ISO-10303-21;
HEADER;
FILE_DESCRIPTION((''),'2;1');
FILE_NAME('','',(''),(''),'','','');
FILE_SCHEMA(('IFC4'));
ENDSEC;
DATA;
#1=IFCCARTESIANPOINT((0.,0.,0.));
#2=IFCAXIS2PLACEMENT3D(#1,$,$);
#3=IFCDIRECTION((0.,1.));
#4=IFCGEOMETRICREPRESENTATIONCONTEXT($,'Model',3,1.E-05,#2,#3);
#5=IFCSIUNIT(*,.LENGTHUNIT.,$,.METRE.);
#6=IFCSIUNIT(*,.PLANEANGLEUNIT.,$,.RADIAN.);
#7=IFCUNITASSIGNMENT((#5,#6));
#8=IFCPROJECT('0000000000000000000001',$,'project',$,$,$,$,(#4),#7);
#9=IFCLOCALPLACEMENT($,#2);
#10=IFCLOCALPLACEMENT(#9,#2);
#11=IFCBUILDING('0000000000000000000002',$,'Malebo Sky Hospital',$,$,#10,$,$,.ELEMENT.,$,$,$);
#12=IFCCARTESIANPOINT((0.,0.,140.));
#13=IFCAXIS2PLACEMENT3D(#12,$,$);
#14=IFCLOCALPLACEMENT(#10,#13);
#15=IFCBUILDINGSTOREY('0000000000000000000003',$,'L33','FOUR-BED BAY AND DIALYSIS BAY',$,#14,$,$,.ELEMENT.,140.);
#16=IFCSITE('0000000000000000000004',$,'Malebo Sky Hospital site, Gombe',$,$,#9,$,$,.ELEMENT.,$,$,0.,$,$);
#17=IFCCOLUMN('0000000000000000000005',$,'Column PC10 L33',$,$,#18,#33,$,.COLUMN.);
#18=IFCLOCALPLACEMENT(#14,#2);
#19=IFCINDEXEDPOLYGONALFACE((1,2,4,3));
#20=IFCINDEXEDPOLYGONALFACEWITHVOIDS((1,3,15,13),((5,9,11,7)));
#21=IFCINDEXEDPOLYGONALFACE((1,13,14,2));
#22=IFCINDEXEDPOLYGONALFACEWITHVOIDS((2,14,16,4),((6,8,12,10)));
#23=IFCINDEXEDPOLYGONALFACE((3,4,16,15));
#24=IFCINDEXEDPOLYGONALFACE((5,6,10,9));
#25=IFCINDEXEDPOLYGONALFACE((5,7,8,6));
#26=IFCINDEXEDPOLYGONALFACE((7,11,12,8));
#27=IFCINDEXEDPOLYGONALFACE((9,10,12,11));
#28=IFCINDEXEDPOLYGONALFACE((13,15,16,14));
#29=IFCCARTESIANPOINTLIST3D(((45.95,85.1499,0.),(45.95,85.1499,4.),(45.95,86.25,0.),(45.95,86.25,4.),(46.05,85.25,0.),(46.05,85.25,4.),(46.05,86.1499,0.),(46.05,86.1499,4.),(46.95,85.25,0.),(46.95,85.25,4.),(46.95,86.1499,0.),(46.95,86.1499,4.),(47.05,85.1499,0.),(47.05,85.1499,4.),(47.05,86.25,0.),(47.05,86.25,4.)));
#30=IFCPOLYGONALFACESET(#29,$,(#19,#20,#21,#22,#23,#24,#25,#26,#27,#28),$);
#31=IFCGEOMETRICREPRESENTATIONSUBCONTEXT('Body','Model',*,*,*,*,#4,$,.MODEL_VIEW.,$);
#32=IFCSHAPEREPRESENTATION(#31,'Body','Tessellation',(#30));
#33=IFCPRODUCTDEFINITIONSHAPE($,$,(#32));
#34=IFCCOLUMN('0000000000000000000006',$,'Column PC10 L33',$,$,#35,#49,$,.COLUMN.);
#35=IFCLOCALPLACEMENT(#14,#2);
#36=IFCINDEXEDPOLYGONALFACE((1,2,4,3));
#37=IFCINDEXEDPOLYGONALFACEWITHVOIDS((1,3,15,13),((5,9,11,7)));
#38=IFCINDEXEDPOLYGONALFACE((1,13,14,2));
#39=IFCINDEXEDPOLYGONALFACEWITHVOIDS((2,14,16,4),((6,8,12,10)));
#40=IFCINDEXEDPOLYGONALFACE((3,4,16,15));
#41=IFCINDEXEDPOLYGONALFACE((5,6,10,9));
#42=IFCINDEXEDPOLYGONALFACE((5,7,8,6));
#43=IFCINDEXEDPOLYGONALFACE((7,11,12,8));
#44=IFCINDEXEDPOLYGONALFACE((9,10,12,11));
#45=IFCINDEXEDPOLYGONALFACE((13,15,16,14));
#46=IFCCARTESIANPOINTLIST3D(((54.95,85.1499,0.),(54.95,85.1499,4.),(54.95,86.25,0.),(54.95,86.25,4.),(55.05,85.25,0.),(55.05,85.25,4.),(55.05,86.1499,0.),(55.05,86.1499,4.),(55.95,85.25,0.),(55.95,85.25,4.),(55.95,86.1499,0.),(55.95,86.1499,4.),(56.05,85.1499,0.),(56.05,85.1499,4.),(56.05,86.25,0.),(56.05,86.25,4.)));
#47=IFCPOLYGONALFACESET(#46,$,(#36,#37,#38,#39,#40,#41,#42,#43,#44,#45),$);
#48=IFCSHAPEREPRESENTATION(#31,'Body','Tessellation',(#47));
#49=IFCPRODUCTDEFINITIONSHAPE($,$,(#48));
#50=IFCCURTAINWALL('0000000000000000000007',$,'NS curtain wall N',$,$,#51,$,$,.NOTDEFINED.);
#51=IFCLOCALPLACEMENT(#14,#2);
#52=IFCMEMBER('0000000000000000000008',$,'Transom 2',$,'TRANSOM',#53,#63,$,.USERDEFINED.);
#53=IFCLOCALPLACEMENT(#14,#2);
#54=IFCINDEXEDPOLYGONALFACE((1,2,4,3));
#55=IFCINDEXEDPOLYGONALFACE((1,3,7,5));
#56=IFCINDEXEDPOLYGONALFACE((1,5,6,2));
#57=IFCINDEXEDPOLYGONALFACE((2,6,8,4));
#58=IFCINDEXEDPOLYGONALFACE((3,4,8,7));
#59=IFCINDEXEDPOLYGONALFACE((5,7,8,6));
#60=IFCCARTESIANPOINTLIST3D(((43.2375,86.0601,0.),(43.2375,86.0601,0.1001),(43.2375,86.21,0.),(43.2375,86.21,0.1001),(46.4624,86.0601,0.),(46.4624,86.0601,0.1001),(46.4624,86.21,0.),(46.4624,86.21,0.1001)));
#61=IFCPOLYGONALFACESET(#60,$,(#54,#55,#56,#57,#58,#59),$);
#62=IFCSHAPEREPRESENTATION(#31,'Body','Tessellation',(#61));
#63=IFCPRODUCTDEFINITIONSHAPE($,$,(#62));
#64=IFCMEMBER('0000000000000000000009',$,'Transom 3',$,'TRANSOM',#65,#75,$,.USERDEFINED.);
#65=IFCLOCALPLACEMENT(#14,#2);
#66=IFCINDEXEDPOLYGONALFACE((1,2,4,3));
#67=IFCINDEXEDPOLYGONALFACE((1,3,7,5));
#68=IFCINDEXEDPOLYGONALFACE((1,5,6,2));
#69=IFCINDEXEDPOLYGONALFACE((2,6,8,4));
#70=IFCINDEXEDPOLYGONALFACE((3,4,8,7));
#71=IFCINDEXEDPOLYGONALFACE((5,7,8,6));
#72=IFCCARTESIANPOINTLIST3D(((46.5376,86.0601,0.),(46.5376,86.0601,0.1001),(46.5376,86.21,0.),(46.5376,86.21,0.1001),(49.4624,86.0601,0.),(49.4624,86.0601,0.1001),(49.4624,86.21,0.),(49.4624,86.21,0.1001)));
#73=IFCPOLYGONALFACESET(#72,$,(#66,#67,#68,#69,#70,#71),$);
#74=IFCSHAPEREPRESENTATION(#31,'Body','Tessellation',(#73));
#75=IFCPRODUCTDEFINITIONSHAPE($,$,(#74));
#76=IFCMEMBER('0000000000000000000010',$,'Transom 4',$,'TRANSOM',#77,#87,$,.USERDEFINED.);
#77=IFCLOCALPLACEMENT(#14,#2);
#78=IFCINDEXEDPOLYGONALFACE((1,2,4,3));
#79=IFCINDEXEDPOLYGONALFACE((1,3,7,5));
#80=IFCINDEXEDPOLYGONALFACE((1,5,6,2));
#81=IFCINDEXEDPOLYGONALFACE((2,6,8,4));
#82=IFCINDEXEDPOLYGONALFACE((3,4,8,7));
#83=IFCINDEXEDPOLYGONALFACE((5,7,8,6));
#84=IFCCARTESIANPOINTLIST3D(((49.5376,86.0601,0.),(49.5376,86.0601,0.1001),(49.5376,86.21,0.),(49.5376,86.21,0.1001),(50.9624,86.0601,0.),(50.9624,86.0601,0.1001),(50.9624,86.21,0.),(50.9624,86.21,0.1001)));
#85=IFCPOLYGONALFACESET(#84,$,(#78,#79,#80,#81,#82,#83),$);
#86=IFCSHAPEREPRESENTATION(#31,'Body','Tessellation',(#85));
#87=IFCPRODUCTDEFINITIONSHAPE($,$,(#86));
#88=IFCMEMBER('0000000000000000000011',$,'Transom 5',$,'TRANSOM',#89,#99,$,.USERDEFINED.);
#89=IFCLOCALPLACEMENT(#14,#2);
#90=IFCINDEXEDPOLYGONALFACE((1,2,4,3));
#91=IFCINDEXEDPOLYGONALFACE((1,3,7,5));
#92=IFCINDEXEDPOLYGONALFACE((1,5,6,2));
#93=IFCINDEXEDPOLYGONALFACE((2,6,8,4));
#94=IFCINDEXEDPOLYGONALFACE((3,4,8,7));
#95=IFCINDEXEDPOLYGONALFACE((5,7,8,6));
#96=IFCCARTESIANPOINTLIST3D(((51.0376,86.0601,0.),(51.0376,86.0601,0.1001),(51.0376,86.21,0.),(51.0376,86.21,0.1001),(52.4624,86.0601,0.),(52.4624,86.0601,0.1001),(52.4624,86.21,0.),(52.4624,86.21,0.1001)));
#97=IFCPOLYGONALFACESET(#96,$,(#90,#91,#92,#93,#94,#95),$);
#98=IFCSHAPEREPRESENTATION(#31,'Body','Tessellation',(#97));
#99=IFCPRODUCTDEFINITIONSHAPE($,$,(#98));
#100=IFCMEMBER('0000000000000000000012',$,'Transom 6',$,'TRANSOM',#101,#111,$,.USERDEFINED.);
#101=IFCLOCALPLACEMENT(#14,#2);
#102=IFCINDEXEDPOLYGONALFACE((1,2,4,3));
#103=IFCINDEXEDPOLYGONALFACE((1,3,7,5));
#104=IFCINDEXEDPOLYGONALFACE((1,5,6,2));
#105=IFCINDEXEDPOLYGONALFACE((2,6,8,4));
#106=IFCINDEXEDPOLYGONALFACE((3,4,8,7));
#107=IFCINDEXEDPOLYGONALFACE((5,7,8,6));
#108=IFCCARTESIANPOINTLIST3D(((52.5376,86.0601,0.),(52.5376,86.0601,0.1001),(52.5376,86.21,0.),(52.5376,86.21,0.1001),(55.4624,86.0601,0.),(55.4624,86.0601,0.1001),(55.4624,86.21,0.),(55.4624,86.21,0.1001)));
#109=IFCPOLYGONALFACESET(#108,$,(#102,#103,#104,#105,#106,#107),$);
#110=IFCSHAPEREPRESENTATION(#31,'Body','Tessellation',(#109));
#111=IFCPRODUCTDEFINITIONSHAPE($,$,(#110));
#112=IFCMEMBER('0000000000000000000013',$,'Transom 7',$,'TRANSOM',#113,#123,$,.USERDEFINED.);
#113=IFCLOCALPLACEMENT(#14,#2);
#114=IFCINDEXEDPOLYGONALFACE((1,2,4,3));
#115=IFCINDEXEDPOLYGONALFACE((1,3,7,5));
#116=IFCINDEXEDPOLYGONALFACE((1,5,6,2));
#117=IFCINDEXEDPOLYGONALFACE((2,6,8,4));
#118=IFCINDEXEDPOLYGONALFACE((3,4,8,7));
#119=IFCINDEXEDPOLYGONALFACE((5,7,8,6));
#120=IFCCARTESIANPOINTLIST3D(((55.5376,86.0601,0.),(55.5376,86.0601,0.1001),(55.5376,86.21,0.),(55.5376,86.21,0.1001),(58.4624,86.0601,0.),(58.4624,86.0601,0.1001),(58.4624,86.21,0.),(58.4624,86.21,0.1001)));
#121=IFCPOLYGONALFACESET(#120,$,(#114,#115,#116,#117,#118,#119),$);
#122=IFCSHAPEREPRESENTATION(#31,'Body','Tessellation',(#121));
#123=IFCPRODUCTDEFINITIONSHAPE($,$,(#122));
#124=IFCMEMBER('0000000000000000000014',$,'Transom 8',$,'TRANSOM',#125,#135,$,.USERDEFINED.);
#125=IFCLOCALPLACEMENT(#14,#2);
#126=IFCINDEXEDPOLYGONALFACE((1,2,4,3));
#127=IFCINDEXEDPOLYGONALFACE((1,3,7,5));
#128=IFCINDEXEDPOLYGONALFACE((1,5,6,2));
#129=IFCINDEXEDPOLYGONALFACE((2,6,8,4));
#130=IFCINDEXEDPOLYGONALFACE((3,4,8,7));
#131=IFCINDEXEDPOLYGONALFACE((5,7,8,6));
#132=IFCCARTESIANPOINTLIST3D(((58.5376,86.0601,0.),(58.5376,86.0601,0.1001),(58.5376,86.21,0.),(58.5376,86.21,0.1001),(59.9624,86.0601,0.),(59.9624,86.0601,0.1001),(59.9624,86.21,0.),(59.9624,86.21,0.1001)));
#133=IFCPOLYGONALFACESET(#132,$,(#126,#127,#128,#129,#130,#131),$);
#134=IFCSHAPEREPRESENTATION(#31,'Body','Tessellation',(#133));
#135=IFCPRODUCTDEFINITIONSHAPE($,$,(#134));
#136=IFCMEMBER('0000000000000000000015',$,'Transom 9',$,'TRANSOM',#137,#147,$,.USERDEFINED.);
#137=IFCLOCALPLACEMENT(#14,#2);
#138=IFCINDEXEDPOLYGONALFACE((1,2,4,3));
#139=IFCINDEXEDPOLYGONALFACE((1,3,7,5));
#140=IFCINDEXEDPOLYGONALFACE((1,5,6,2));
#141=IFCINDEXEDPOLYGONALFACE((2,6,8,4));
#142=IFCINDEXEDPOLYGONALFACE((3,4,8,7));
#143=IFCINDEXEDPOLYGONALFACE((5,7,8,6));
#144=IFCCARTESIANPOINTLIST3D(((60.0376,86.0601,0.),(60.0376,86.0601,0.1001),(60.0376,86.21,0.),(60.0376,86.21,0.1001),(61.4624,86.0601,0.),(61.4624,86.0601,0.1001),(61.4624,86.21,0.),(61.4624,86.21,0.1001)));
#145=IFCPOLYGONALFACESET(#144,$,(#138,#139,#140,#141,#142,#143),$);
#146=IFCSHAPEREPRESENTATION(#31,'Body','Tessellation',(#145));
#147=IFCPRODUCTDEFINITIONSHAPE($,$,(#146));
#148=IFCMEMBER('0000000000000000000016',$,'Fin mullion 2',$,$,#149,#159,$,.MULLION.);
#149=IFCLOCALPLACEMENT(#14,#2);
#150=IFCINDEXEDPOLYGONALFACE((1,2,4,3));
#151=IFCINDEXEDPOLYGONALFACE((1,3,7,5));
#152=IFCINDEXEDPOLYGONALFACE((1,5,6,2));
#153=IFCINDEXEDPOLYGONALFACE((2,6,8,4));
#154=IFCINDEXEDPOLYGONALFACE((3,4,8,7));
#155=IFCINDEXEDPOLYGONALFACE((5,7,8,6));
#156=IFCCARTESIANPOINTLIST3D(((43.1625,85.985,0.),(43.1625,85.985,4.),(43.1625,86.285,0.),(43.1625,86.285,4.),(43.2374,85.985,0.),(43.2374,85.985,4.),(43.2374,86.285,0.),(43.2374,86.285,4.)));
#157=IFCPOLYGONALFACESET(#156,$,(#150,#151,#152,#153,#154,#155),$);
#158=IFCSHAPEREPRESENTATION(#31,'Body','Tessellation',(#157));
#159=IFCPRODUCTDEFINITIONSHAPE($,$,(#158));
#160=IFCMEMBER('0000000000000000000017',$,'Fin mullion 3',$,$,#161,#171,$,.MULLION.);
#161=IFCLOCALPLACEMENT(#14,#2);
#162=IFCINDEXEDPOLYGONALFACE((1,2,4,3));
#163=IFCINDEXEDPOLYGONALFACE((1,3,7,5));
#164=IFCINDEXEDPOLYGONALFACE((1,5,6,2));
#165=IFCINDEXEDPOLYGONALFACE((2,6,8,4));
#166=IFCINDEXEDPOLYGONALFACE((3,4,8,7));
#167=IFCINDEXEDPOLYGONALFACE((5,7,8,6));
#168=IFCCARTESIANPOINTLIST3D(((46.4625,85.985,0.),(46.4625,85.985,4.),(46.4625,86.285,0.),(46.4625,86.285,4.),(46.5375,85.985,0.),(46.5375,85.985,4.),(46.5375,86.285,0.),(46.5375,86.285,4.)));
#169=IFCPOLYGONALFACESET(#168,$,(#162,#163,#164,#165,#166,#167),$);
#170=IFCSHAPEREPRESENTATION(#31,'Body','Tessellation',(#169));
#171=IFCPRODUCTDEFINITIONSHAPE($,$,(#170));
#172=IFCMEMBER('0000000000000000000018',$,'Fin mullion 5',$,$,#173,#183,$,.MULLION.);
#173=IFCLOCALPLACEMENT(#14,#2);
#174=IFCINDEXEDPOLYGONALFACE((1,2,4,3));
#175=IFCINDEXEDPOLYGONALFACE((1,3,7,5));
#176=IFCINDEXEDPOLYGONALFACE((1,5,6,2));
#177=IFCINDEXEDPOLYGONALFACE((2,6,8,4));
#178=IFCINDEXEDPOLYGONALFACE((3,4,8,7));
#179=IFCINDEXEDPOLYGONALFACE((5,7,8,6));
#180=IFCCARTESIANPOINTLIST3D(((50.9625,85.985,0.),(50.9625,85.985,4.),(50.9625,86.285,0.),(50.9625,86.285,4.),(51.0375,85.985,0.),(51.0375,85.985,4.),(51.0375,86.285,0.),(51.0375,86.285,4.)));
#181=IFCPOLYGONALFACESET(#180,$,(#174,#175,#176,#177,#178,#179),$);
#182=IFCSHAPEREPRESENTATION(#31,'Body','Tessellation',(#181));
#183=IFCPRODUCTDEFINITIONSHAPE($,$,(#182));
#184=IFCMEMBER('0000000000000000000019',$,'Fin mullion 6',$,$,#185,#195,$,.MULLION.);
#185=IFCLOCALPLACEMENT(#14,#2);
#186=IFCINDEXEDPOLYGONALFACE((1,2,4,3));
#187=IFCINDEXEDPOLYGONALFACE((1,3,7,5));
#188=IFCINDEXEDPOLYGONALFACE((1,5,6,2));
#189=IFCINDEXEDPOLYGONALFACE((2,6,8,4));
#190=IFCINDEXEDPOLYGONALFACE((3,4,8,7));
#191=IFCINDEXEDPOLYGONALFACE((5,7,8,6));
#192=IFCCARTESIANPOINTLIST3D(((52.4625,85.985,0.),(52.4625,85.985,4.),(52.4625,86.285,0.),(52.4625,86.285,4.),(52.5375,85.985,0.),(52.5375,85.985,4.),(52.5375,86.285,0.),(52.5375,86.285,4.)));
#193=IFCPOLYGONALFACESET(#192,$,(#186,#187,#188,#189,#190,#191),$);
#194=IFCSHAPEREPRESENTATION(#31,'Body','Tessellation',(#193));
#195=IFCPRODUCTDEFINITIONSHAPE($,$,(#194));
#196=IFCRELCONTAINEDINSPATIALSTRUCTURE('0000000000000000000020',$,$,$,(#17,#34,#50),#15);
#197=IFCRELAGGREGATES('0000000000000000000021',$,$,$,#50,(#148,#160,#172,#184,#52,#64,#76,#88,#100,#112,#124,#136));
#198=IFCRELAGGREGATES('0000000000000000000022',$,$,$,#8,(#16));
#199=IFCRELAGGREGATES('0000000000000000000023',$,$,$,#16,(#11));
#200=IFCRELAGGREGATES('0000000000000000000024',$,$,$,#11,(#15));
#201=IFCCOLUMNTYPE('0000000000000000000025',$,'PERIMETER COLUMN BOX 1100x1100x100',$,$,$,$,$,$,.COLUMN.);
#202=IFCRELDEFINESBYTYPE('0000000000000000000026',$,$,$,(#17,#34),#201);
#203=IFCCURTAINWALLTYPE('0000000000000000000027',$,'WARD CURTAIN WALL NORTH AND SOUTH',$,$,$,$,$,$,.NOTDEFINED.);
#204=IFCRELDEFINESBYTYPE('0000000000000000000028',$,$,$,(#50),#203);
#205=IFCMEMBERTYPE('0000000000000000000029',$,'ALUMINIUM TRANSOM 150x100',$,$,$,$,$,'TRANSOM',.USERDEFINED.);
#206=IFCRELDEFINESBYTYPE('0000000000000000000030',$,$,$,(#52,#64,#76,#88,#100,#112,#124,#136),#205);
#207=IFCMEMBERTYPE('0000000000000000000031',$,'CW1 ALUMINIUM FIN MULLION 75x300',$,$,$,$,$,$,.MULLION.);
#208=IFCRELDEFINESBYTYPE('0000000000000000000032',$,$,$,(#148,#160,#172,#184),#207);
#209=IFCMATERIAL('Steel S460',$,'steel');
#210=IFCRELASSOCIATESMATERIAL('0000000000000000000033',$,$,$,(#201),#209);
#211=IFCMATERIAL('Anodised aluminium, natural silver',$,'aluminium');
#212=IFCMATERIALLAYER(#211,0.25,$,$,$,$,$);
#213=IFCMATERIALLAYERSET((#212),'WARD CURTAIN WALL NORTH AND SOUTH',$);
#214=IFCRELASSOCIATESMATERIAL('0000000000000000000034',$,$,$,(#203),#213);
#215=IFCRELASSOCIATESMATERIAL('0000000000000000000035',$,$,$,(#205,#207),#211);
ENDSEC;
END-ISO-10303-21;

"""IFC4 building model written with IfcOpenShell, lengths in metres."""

from ifc_helpers import new_model, si_unit, direction, frame, origin, origin_2d, place, context, subcontext, project, spatial, rectangle, hollow_rectangle, extrude, material, layer, layer_set, material_profile, profile_set, type_object, element, aggregate, save


model = new_model("IFC4")

# Units and contexts
model_context = context("Model", 3, precision=1e-05, world=origin(), true_north=direction((0.0, 1.0)))
body_context = subcontext(model_context, "Body", "Model", "MODEL_VIEW")
ifc_project = project(units=[si_unit("LENGTHUNIT", "METRE"), si_unit("PLANEANGLEUNIT", "RADIAN")], contexts=[model_context])

# Site, building, storey
site_placement = place(None, origin())
site = spatial("IfcSite", under=ifc_project, at=site_placement, Name="Malebo Sky Hospital site, Gombe", CompositionType="ELEMENT", RefElevation=0.0)
building_placement = place(site_placement, origin())
building = spatial("IfcBuilding", under=site, at=building_placement, Name="Malebo Sky Hospital", CompositionType="ELEMENT")
storey_placement = place(building_placement, frame((0.0, 0.0, 140.0)))
storey = spatial("IfcBuildingStorey", under=building, at=storey_placement, Name="L33", Description="FOUR-BED BAY AND DIALYSIS BAY", CompositionType="ELEMENT", Elevation=140.0)

# Columns
ifc_material_1 = material(Name="Steel S460", Category="steel")
ifc_material_profile_1 = material_profile(ifc_material_1, hollow_rectangle(XDim=1.1001, YDim=1.1001, WallThickness=0.1001, at=origin_2d()), Name="BOX 1100x1100x100")
ifc_profile_set_1 = profile_set([ifc_material_profile_1], Name="Steel S460")
column_type = type_object("IfcColumnType", Name="PERIMETER COLUMN BOX 1100x1100x100", PredefinedType="COLUMN", material=ifc_profile_set_1)
for number, where, z_axis, x_axis, name in (
    (1, (46.5, 85.7, 0.0), (0.0, 0.0, 1.0), (1.0, 0.0, 0.0), "Column PC10 L33"),
    (2, (55.5, 85.7, 0.0), (0.0, 0.0, 1.0), (1.0, 0.0, 0.0), "Column PC10 L33"),
):
    element("IfcColumn", number, at=place(storey_placement, frame(where, z_axis=z_axis, x_axis=x_axis)), inside=storey, type_object=column_type, Name=name, PredefinedType="COLUMN", context=body_context, shape_type="SweptSolid", body=[
        extrude(hollow_rectangle(XDim=1.1001, YDim=1.1001, WallThickness=0.1001, at=origin_2d()), origin(), (0.0, 0.0, 1.0), 4.0),
    ])

# Curtain wall, members
ifc_material_2 = material(Name="Anodised aluminium, natural silver", Category="aluminium")
ifc_layer_1 = layer(ifc_material_2, 0.25)
ifc_layer_set_1 = layer_set([ifc_layer_1], Name="WARD CURTAIN WALL NORTH AND SOUTH")
curtain_wall_type = type_object("IfcCurtainWallType", Name="WARD CURTAIN WALL NORTH AND SOUTH", PredefinedType="NOTDEFINED", material=ifc_layer_set_1)
curtain_wall_placement = place(storey_placement, origin())
curtain_wall = element("IfcCurtainWall", 3, at=curtain_wall_placement, inside=storey, type_object=curtain_wall_type, Name="NS curtain wall N", PredefinedType="NOTDEFINED")
ifc_material_profile_2 = material_profile(ifc_material_2, rectangle(XDim=0.1499, YDim=0.1001, at=origin_2d()), Name="ALUMINIUM TRANSOM 150x100")
ifc_profile_set_2 = profile_set([ifc_material_profile_2], Name="Anodised aluminium, natural silver")
member_type_1 = type_object("IfcMemberType", Name="ALUMINIUM TRANSOM 150x100", ElementType="TRANSOM", PredefinedType="USERDEFINED", material=ifc_profile_set_2)
member_1_placement = place(storey_placement, frame((43.2375, 86.135, 0.05), z_axis=(1.0, 0.0, 0.0), x_axis=(0.0, 1.0, 0.0)))
member_1 = element("IfcMember", 4, at=member_1_placement, type_object=member_type_1, Name="Transom 2", ObjectType="TRANSOM", PredefinedType="USERDEFINED", context=body_context, shape_type="SweptSolid", body=[
    extrude(rectangle(XDim=0.1499, YDim=0.1001, at=origin_2d()), origin(), (0.0, 0.0, 1.0), 3.2249),
])
member_2_placement = place(storey_placement, frame((46.5376, 86.135, 0.05), z_axis=(1.0, 0.0, 0.0), x_axis=(0.0, 1.0, 0.0)))
member_2 = element("IfcMember", 5, at=member_2_placement, type_object=member_type_1, Name="Transom 3", ObjectType="TRANSOM", PredefinedType="USERDEFINED", context=body_context, shape_type="SweptSolid", body=[
    extrude(rectangle(XDim=0.1499, YDim=0.1001, at=origin_2d()), origin(), (0.0, 0.0, 1.0), 2.9248),
])
member_3_placement = place(storey_placement, frame((49.5376, 86.135, 0.05), z_axis=(1.0, 0.0, 0.0), x_axis=(0.0, 1.0, 0.0)))
member_3 = element("IfcMember", 6, at=member_3_placement, type_object=member_type_1, Name="Transom 4", ObjectType="TRANSOM", PredefinedType="USERDEFINED", context=body_context, shape_type="SweptSolid", body=[
    extrude(rectangle(XDim=0.1499, YDim=0.1001, at=origin_2d()), origin(), (0.0, 0.0, 1.0), 1.4248),
])
member_4_placement = place(storey_placement, frame((51.0376, 86.135, 0.05), z_axis=(1.0, 0.0, 0.0), x_axis=(0.0, 1.0, 0.0)))
member_4 = element("IfcMember", 7, at=member_4_placement, type_object=member_type_1, Name="Transom 5", ObjectType="TRANSOM", PredefinedType="USERDEFINED", context=body_context, shape_type="SweptSolid", body=[
    extrude(rectangle(XDim=0.1499, YDim=0.1001, at=origin_2d()), origin(), (0.0, 0.0, 1.0), 1.4248),
])
member_5_placement = place(storey_placement, frame((52.5376, 86.135, 0.05), z_axis=(1.0, 0.0, 0.0), x_axis=(0.0, 1.0, 0.0)))
member_5 = element("IfcMember", 8, at=member_5_placement, type_object=member_type_1, Name="Transom 6", ObjectType="TRANSOM", PredefinedType="USERDEFINED", context=body_context, shape_type="SweptSolid", body=[
    extrude(rectangle(XDim=0.1499, YDim=0.1001, at=origin_2d()), origin(), (0.0, 0.0, 1.0), 2.9248),
])
member_6_placement = place(storey_placement, frame((55.5376, 86.135, 0.05), z_axis=(1.0, 0.0, 0.0), x_axis=(0.0, 1.0, 0.0)))
member_6 = element("IfcMember", 9, at=member_6_placement, type_object=member_type_1, Name="Transom 7", ObjectType="TRANSOM", PredefinedType="USERDEFINED", context=body_context, shape_type="SweptSolid", body=[
    extrude(rectangle(XDim=0.1499, YDim=0.1001, at=origin_2d()), origin(), (0.0, 0.0, 1.0), 2.9248),
])
member_7_placement = place(storey_placement, frame((58.5376, 86.135, 0.05), z_axis=(1.0, 0.0, 0.0), x_axis=(0.0, 1.0, 0.0)))
member_7 = element("IfcMember", 10, at=member_7_placement, type_object=member_type_1, Name="Transom 8", ObjectType="TRANSOM", PredefinedType="USERDEFINED", context=body_context, shape_type="SweptSolid", body=[
    extrude(rectangle(XDim=0.1499, YDim=0.1001, at=origin_2d()), origin(), (0.0, 0.0, 1.0), 1.4248),
])
member_8_placement = place(storey_placement, frame((60.0376, 86.135, 0.05), z_axis=(1.0, 0.0, 0.0), x_axis=(0.0, 1.0, 0.0)))
member_8 = element("IfcMember", 11, at=member_8_placement, type_object=member_type_1, Name="Transom 9", ObjectType="TRANSOM", PredefinedType="USERDEFINED", context=body_context, shape_type="SweptSolid", body=[
    extrude(rectangle(XDim=0.1499, YDim=0.1001, at=origin_2d()), origin(), (0.0, 0.0, 1.0), 1.4248),
])
ifc_material_profile_3 = material_profile(ifc_material_2, rectangle(XDim=0.075, YDim=0.3, at=origin_2d()), Name="CW1 ALUMINIUM FIN MULLION 75x300")
ifc_profile_set_3 = profile_set([ifc_material_profile_3], Name="Anodised aluminium, natural silver")
member_type_2 = type_object("IfcMemberType", Name="CW1 ALUMINIUM FIN MULLION 75x300", PredefinedType="MULLION", material=ifc_profile_set_3)
member_9_placement = place(storey_placement, frame((43.2, 86.135, 0.0), z_axis=(0.0, 0.0, 1.0), x_axis=(1.0, 0.0, 0.0)))
member_9 = element("IfcMember", 12, at=member_9_placement, type_object=member_type_2, Name="Fin mullion 2", PredefinedType="MULLION", context=body_context, shape_type="SweptSolid", body=[
    extrude(rectangle(XDim=0.075, YDim=0.3, at=origin_2d()), origin(), (0.0, 0.0, 1.0), 4.0),
])
member_10_placement = place(storey_placement, frame((46.5, 86.135, 0.0), z_axis=(0.0, 0.0, 1.0), x_axis=(1.0, 0.0, 0.0)))
member_10 = element("IfcMember", 13, at=member_10_placement, type_object=member_type_2, Name="Fin mullion 3", PredefinedType="MULLION", context=body_context, shape_type="SweptSolid", body=[
    extrude(rectangle(XDim=0.075, YDim=0.3, at=origin_2d()), origin(), (0.0, 0.0, 1.0), 4.0),
])
member_11_placement = place(storey_placement, frame((51.0, 86.135, 0.0), z_axis=(0.0, 0.0, 1.0), x_axis=(1.0, 0.0, 0.0)))
member_11 = element("IfcMember", 14, at=member_11_placement, type_object=member_type_2, Name="Fin mullion 5", PredefinedType="MULLION", context=body_context, shape_type="SweptSolid", body=[
    extrude(rectangle(XDim=0.075, YDim=0.3, at=origin_2d()), origin(), (0.0, 0.0, 1.0), 4.0),
])
member_12_placement = place(storey_placement, frame((52.5, 86.135, 0.0), z_axis=(0.0, 0.0, 1.0), x_axis=(1.0, 0.0, 0.0)))
member_12 = element("IfcMember", 15, at=member_12_placement, type_object=member_type_2, Name="Fin mullion 6", PredefinedType="MULLION", context=body_context, shape_type="SweptSolid", body=[
    extrude(rectangle(XDim=0.075, YDim=0.3, at=origin_2d()), origin(), (0.0, 0.0, 1.0), 4.0),
])

aggregate(curtain_wall, [member_9, member_10, member_11, member_12, member_1, member_2, member_3, member_4, member_5, member_6, member_7, member_8])

save(model, "model.ifc")
